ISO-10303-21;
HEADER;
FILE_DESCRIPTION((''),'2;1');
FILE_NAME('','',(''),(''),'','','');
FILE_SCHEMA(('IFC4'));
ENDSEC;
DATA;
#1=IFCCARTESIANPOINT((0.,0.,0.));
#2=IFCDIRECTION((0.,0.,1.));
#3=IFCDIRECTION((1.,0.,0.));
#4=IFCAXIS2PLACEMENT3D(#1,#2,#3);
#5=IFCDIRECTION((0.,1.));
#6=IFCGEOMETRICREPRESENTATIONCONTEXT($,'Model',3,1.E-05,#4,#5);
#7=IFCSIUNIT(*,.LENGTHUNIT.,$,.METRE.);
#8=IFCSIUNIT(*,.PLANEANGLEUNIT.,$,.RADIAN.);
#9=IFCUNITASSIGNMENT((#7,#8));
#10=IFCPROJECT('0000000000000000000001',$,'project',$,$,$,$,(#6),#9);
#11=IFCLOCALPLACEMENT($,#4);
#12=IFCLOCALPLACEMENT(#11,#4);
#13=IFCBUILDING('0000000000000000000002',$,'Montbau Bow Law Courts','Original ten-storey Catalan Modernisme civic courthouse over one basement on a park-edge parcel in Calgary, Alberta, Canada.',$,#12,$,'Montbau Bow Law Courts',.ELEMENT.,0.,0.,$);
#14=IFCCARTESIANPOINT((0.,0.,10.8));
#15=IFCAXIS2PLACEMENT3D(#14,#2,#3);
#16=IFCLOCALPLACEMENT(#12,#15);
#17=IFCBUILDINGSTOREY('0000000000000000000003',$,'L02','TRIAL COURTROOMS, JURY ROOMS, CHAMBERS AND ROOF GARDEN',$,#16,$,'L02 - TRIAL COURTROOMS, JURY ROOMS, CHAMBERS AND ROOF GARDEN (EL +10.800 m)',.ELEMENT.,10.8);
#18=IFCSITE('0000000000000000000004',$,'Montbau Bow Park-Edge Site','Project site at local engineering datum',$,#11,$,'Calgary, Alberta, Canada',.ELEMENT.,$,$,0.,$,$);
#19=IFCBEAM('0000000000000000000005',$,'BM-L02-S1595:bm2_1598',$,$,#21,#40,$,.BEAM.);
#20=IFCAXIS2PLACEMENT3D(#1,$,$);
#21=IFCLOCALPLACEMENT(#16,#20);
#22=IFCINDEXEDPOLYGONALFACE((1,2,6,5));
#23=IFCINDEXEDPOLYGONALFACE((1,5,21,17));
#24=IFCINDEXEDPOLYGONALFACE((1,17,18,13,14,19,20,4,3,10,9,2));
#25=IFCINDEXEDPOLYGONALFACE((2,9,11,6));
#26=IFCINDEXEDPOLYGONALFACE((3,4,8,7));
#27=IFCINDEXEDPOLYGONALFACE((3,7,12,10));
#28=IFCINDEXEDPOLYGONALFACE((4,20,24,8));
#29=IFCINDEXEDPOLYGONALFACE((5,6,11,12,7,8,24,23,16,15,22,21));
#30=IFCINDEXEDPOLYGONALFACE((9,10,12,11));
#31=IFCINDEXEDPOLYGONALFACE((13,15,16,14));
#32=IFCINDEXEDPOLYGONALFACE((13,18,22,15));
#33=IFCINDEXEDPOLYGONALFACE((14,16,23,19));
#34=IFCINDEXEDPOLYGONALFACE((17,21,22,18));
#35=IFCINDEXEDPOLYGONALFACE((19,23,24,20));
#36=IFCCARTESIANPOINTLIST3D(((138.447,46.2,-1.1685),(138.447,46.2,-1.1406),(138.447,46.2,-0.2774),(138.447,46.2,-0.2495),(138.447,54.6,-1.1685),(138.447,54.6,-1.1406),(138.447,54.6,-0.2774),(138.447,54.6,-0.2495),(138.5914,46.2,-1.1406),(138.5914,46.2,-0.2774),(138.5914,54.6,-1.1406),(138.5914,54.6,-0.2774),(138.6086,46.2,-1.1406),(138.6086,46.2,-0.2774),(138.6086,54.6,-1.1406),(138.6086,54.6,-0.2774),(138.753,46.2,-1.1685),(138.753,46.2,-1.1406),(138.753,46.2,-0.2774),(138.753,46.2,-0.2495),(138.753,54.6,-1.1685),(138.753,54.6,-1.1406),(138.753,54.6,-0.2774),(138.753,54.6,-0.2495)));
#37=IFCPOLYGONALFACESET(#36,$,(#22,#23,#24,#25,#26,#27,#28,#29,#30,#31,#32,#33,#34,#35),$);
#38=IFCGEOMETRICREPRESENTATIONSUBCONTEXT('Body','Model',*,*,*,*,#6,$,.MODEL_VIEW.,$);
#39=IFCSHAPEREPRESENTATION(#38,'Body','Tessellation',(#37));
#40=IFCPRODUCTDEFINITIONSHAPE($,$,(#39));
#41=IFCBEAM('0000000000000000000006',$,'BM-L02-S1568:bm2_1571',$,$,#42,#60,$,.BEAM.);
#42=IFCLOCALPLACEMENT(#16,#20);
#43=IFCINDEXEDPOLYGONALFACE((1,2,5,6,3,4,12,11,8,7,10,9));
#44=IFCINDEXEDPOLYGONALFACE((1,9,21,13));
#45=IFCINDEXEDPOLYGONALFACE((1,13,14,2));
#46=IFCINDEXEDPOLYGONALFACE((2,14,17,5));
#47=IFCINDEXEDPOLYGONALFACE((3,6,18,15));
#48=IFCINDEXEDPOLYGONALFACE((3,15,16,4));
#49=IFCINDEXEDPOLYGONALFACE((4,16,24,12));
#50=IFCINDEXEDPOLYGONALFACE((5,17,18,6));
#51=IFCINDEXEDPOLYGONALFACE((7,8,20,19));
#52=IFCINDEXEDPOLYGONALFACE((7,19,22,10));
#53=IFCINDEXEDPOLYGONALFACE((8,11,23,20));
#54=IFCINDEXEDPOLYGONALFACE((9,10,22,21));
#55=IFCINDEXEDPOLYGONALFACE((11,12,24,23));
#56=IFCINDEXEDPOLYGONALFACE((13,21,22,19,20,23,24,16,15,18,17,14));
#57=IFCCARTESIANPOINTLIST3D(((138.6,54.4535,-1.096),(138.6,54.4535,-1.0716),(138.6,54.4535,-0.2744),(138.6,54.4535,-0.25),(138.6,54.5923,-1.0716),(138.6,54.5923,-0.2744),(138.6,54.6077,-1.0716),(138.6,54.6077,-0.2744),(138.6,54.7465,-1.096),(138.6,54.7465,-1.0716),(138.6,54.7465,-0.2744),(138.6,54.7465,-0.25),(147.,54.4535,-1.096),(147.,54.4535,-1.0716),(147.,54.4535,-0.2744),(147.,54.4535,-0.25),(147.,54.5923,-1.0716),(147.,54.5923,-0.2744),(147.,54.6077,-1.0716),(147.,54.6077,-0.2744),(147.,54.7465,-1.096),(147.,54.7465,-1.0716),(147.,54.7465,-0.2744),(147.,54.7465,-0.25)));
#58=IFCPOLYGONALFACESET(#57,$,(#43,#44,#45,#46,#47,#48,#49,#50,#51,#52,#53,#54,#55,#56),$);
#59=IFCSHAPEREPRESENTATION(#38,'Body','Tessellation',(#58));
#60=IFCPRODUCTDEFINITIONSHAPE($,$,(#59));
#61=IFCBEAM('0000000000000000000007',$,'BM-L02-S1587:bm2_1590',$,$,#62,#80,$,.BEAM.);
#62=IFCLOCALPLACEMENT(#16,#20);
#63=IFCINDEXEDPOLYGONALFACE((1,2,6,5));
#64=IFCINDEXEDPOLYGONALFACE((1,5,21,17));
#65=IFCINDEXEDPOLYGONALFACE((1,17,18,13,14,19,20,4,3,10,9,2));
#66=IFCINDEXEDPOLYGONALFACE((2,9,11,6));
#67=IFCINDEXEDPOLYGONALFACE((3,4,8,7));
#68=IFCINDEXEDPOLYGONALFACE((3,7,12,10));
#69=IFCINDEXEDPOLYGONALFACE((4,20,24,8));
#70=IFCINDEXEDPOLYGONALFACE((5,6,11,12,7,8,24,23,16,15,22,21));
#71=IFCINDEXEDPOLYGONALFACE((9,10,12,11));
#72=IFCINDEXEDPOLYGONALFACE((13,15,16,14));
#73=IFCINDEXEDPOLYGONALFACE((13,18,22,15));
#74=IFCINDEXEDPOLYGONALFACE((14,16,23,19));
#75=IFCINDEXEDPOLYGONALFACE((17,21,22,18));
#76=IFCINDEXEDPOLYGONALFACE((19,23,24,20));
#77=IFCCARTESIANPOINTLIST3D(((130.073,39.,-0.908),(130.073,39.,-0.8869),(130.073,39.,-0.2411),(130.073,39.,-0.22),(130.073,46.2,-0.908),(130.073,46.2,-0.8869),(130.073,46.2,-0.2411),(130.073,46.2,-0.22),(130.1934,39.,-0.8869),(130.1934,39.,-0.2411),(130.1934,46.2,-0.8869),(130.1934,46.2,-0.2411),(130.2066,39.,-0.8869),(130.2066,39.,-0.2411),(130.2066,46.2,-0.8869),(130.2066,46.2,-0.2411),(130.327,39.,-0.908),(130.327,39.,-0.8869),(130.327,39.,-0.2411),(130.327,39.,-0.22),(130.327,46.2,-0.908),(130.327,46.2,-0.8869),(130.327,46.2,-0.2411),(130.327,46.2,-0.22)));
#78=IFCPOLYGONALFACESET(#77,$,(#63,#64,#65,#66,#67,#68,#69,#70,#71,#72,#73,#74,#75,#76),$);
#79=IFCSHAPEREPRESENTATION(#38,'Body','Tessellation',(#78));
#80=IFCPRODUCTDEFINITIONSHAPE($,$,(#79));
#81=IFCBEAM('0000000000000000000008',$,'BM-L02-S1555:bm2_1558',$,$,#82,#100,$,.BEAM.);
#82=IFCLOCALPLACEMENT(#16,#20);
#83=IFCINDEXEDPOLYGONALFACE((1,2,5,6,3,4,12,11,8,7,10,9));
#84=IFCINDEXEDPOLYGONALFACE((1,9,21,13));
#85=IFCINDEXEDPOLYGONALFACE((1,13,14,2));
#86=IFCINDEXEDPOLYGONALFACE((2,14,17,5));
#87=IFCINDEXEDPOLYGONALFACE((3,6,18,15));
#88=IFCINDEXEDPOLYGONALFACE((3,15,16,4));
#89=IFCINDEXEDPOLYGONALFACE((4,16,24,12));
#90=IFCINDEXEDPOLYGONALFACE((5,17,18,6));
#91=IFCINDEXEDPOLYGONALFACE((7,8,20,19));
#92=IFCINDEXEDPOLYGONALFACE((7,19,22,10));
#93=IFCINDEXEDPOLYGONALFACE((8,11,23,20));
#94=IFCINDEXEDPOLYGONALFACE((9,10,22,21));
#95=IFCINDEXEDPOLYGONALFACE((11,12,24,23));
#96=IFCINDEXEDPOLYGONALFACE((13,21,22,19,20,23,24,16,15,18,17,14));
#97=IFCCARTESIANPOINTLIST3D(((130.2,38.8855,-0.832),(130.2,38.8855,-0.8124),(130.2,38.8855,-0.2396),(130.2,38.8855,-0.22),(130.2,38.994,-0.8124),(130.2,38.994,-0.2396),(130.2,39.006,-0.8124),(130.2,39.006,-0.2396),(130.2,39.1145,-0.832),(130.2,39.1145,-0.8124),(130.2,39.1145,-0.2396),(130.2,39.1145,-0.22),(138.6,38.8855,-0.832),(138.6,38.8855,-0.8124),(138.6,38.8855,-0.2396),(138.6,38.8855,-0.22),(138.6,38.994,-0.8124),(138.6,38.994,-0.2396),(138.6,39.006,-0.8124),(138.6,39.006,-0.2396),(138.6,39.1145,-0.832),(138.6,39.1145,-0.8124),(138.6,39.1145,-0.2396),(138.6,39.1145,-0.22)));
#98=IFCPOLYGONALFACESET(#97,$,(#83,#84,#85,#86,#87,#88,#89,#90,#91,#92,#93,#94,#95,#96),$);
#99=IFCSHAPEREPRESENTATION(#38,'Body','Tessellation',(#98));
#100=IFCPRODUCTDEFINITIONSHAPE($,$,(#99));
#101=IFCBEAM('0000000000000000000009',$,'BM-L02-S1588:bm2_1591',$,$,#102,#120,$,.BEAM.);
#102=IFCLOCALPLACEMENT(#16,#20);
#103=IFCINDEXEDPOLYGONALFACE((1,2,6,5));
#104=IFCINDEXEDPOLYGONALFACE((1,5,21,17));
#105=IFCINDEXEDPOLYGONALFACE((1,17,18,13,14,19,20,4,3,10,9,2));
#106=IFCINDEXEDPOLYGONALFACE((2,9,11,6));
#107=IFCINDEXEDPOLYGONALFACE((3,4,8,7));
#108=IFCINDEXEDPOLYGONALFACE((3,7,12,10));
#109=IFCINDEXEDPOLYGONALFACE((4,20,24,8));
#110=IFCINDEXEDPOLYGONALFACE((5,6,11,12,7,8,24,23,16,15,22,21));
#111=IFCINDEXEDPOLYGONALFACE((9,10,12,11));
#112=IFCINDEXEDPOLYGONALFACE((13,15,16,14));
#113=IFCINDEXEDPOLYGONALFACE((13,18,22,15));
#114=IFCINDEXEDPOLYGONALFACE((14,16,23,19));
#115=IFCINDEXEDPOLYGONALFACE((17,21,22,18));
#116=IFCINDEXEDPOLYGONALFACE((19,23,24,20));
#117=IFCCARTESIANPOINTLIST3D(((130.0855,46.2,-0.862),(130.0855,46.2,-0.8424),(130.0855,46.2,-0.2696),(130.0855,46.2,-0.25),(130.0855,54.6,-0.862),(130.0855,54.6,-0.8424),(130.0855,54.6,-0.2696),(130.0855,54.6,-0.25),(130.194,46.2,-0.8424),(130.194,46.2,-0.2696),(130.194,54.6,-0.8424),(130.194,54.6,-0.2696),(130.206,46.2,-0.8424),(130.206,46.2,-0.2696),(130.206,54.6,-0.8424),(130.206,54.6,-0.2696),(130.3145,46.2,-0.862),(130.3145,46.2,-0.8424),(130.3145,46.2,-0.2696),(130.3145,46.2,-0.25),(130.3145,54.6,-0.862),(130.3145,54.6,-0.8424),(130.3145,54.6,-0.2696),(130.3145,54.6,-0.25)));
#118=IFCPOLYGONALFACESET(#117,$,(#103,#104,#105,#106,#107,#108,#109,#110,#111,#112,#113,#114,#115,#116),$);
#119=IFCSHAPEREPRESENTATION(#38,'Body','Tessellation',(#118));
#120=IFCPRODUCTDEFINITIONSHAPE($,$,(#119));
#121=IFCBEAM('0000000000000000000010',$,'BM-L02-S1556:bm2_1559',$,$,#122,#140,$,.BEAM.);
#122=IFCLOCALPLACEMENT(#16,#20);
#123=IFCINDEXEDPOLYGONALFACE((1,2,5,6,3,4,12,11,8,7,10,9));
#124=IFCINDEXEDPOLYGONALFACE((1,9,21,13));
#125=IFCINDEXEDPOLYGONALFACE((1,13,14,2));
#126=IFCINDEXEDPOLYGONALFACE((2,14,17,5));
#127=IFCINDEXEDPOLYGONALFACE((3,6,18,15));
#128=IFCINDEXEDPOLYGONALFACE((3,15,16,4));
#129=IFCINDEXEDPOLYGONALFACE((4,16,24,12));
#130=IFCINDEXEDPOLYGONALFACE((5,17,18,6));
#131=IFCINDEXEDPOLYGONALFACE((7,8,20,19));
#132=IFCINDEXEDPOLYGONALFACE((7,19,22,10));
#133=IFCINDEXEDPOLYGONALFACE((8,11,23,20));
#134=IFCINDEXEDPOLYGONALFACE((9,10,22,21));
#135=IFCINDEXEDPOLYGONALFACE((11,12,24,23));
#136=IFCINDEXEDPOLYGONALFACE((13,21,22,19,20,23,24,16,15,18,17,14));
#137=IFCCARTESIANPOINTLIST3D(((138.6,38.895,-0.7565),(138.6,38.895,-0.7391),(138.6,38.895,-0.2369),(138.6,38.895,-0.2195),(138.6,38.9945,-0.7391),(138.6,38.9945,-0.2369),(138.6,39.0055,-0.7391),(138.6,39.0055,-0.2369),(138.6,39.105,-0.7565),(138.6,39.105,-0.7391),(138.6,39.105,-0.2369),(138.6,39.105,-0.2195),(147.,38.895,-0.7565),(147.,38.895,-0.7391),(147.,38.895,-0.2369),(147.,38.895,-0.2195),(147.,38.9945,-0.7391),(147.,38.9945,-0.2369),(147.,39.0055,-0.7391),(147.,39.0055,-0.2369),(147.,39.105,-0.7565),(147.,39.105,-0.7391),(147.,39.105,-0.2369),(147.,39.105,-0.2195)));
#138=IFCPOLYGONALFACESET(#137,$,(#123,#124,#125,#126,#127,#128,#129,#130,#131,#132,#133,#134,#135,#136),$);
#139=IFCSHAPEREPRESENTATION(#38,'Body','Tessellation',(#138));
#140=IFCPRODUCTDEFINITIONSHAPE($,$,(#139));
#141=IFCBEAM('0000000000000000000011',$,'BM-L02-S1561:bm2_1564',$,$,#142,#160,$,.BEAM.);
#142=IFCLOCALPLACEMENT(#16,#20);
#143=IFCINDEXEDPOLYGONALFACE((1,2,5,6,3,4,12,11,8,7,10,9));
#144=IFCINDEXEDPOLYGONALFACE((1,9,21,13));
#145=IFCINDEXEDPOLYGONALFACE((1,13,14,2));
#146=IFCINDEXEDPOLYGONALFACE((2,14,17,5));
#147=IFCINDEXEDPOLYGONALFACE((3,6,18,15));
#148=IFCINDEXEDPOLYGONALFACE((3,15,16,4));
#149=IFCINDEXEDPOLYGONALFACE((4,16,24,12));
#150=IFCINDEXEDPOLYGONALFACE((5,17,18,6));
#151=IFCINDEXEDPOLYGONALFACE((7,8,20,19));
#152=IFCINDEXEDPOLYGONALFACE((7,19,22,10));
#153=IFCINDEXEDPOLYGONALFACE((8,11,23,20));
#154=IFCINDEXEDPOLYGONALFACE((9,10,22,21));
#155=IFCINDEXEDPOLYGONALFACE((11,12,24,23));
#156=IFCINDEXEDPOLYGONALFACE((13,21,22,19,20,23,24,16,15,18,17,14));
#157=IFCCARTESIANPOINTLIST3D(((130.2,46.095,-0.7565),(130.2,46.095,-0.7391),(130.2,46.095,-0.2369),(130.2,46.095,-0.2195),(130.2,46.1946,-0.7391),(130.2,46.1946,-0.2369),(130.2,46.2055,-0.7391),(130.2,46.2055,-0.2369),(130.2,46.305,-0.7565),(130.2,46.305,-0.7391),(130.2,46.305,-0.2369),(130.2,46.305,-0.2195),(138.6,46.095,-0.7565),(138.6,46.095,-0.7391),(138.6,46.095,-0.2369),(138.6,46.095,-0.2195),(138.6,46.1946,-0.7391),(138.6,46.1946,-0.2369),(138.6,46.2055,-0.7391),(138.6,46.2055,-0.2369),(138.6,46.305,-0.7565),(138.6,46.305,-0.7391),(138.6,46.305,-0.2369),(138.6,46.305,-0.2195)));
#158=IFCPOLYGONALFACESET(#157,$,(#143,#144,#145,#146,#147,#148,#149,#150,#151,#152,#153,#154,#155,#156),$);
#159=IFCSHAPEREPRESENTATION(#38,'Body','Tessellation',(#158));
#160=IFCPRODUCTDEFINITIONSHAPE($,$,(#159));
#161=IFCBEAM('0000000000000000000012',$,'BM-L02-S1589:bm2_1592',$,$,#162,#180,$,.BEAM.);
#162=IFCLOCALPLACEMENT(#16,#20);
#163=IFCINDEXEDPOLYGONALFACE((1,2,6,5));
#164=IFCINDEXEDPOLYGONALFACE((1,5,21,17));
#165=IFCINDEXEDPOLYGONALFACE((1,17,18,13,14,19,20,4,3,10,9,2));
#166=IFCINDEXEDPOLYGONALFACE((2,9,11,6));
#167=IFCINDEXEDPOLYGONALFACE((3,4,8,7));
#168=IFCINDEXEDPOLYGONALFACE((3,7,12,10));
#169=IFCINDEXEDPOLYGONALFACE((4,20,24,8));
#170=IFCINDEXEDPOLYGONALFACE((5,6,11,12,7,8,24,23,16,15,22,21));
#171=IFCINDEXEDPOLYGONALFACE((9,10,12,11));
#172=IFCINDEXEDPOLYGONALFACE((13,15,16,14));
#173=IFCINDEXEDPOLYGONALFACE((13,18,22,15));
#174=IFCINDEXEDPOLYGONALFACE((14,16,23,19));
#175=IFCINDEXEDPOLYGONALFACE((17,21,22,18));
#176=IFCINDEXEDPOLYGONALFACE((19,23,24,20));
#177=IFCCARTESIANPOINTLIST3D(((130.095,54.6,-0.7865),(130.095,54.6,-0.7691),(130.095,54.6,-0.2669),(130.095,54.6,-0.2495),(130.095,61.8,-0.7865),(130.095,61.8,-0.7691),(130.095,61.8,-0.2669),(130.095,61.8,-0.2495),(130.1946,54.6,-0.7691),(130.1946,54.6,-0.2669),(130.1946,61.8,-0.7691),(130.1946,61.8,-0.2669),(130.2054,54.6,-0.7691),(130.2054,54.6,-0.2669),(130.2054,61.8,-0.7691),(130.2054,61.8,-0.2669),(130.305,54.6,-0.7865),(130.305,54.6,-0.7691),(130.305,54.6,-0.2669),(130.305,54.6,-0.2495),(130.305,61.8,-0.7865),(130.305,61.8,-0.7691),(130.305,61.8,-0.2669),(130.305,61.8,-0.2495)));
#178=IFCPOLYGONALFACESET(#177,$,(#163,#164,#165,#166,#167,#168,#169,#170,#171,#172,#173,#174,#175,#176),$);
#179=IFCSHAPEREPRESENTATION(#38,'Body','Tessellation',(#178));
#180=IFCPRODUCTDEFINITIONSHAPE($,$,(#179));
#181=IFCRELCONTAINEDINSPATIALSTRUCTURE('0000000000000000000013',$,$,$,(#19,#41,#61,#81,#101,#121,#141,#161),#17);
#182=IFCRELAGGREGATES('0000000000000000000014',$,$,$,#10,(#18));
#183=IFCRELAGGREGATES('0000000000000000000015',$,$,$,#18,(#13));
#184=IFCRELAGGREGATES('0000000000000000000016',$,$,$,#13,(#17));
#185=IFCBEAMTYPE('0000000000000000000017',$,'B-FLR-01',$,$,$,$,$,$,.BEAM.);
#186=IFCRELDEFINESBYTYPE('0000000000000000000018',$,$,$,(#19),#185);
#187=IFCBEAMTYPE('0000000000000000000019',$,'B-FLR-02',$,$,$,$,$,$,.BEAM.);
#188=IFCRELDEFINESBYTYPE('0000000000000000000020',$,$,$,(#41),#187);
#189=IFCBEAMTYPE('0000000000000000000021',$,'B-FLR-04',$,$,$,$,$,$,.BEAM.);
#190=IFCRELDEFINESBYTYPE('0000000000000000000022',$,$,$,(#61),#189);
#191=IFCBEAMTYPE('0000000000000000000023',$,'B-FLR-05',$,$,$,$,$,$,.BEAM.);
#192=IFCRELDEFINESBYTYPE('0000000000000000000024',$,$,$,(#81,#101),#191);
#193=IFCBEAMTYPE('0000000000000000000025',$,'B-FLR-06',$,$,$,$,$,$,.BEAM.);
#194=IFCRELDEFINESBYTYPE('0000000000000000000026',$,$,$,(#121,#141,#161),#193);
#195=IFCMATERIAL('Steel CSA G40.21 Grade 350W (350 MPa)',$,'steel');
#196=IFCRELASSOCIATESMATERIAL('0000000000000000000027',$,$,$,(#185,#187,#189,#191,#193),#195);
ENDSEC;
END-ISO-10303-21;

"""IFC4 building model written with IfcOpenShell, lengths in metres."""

from ifc_helpers import new_model, si_unit, direction, frame, origin_with_axes, origin_2d_with_axis, place, context, subcontext, project, spatial, i_section, extrude, material, material_profile, profile_set, type_object, element, save


model = new_model("IFC4")

# Units and contexts
model_context = context("Model", 3, precision=1e-05, world=origin_with_axes(), true_north=direction((0.0, 1.0)))
body_context = subcontext(model_context, "Body", "Model", "MODEL_VIEW")
ifc_project = project(units=[si_unit("LENGTHUNIT", "METRE"), si_unit("PLANEANGLEUNIT", "RADIAN")], contexts=[model_context])

# Site, building, storey
site_placement = place(None, origin_with_axes())
site = spatial("IfcSite", under=ifc_project, at=site_placement, Name="Montbau Bow Park-Edge Site", Description="Project site at local engineering datum", LongName="Calgary, Alberta, Canada", CompositionType="ELEMENT", RefElevation=0.0)
building_placement = place(site_placement, origin_with_axes())
building = spatial("IfcBuilding", under=site, at=building_placement, Name="Montbau Bow Law Courts", Description="Original ten-storey Catalan Modernisme civic courthouse over one basement on a park-edge parcel in Calgary, Alberta, Canada.", LongName="Montbau Bow Law Courts", CompositionType="ELEMENT", ElevationOfRefHeight=0.0, ElevationOfTerrain=0.0)
storey_placement = place(building_placement, frame((0.0, 0.0, 10.8), z_axis=(0.0, 0.0, 1.0), x_axis=(1.0, 0.0, 0.0)))
storey = spatial("IfcBuildingStorey", under=building, at=storey_placement, Name="L02", Description="TRIAL COURTROOMS, JURY ROOMS, CHAMBERS AND ROOF GARDEN", LongName="L02 - TRIAL COURTROOMS, JURY ROOMS, CHAMBERS AND ROOF GARDEN (EL +10.800 m)", CompositionType="ELEMENT", Elevation=10.8)

# Shared definitions
ifc_material_1 = material(Name="Steel CSA G40.21 Grade 350W (350 MPa)", Category="steel")

# Beams
ifc_material_profile_1 = material_profile(ifc_material_1, i_section(OverallWidth=0.306, OverallDepth=0.919, WebThickness=0.0173, FlangeThickness=0.0279, at=origin_2d_with_axis()), Name="W920X253", Category="Main", Priority=0)
ifc_profile_set_1 = profile_set([ifc_material_profile_1], Name="Steel CSA G40.21 Grade 350W (350 MPa)")
beam_type_1 = type_object("IfcBeamType", Name="B-FLR-01", PredefinedType="BEAM", material=ifc_profile_set_1)
for number, where, z_axis, x_axis, name in (
    (1, (138.6, 46.2, 10.091), (0.0, 1.0, 0.0), (-1.0, 0.0, 0.0), "BM-L02-S1595:bm2_1598"),
):
    element("IfcBeam", number, at=place(None, frame(where, z_axis=z_axis, x_axis=x_axis)), inside=storey, type_object=beam_type_1, Name=name, PredefinedType="BEAM", context=body_context, shape_type="SweptSolid", body=[
        extrude(i_section(OverallWidth=0.306, OverallDepth=0.919, WebThickness=0.0173, FlangeThickness=0.0279, at=origin_2d_with_axis()), origin_with_axes(), (0.0, 0.0, 1.0), 8.4),
    ])
ifc_material_profile_2 = material_profile(ifc_material_1, i_section(OverallWidth=0.293, OverallDepth=0.846, WebThickness=0.0154, FlangeThickness=0.0244, at=origin_2d_with_axis()), Name="W840X210", Category="Main", Priority=0)
ifc_profile_set_2 = profile_set([ifc_material_profile_2], Name="Steel CSA G40.21 Grade 350W (350 MPa)")
beam_type_2 = type_object("IfcBeamType", Name="B-FLR-02", PredefinedType="BEAM", material=ifc_profile_set_2)
beam_1_placement = place(None, frame((138.6, 54.6, 10.127), z_axis=(1.0, 0.0, 0.0), x_axis=(0.0, 1.0, 0.0)))
element("IfcBeam", 2, at=beam_1_placement, inside=storey, type_object=beam_type_2, Name="BM-L02-S1568:bm2_1571", PredefinedType="BEAM", context=body_context, shape_type="SweptSolid", body=[
    extrude(i_section(OverallWidth=0.293, OverallDepth=0.846, WebThickness=0.0154, FlangeThickness=0.0244, at=origin_2d_with_axis()), origin_with_axes(), (0.0, 0.0, 1.0), 8.4),
])
ifc_material_profile_3 = material_profile(ifc_material_1, i_section(OverallWidth=0.254, OverallDepth=0.688, WebThickness=0.0131, FlangeThickness=0.0211, at=origin_2d_with_axis()), Name="W690X152", Category="Main", Priority=0)
ifc_profile_set_3 = profile_set([ifc_material_profile_3], Name="Steel CSA G40.21 Grade 350W (350 MPa)")
beam_type_3 = type_object("IfcBeamType", Name="B-FLR-04", PredefinedType="BEAM", material=ifc_profile_set_3)
beam_2_placement = place(None, frame((130.2, 39.0, 10.236), z_axis=(0.0, 1.0, 0.0), x_axis=(-1.0, 0.0, 0.0)))
element("IfcBeam", 3, at=beam_2_placement, inside=storey, type_object=beam_type_3, Name="BM-L02-S1587:bm2_1590", PredefinedType="BEAM", context=body_context, shape_type="SweptSolid", body=[
    extrude(i_section(OverallWidth=0.254, OverallDepth=0.688, WebThickness=0.0131, FlangeThickness=0.0211, at=origin_2d_with_axis()), origin_with_axes(), (0.0, 0.0, 1.0), 7.2),
])
ifc_material_profile_4 = material_profile(ifc_material_1, i_section(OverallWidth=0.229, OverallDepth=0.612, WebThickness=0.0119, FlangeThickness=0.0196, at=origin_2d_with_axis()), Name="W610X125", Category="Main", Priority=0)
ifc_profile_set_4 = profile_set([ifc_material_profile_4], Name="Steel CSA G40.21 Grade 350W (350 MPa)")
beam_type_4 = type_object("IfcBeamType", Name="B-FLR-05", PredefinedType="BEAM", material=ifc_profile_set_4)
for number, where, z_axis, x_axis, name in (
    (4, (130.2, 39.0, 10.274), (1.0, 0.0, 0.0), (0.0, 1.0, 0.0), "BM-L02-S1555:bm2_1558"),
    (5, (130.2, 46.2, 10.244), (0.0, 1.0, 0.0), (-1.0, 0.0, 0.0), "BM-L02-S1588:bm2_1591"),
):
    element("IfcBeam", number, at=place(None, frame(where, z_axis=z_axis, x_axis=x_axis)), inside=storey, type_object=beam_type_4, Name=name, PredefinedType="BEAM", context=body_context, shape_type="SweptSolid", body=[
        extrude(i_section(OverallWidth=0.229, OverallDepth=0.612, WebThickness=0.0119, FlangeThickness=0.0196, at=origin_2d_with_axis()), origin_with_axes(), (0.0, 0.0, 1.0), 8.4),
    ])
ifc_material_profile_5 = material_profile(ifc_material_1, i_section(OverallWidth=0.21, OverallDepth=0.537, WebThickness=0.0109, FlangeThickness=0.0174, at=origin_2d_with_axis()), Name="W530X101", Category="Main", Priority=0)
ifc_profile_set_5 = profile_set([ifc_material_profile_5], Name="Steel CSA G40.21 Grade 350W (350 MPa)")
beam_type_5 = type_object("IfcBeamType", Name="B-FLR-06", PredefinedType="BEAM", material=ifc_profile_set_5)
for number, where, z_axis, x_axis, name in (
    (6, (138.6, 39.0, 10.312), (1.0, 0.0, 0.0), (0.0, 1.0, 0.0), "BM-L02-S1556:bm2_1559"),
    (7, (130.2, 46.2, 10.312), (1.0, 0.0, 0.0), (0.0, 1.0, 0.0), "BM-L02-S1561:bm2_1564"),
):
    element("IfcBeam", number, at=place(None, frame(where, z_axis=z_axis, x_axis=x_axis)), inside=storey, type_object=beam_type_5, Name=name, PredefinedType="BEAM", context=body_context, shape_type="SweptSolid", body=[
        extrude(i_section(OverallWidth=0.21, OverallDepth=0.537, WebThickness=0.0109, FlangeThickness=0.0174, at=origin_2d_with_axis()), origin_with_axes(), (0.0, 0.0, 1.0), 8.4),
    ])
for number, where, z_axis, x_axis, name in (
    (8, (130.2, 54.6, 10.282), (0.0, 1.0, 0.0), (-1.0, 0.0, 0.0), "BM-L02-S1589:bm2_1592"),
):
    element("IfcBeam", number, at=place(None, frame(where, z_axis=z_axis, x_axis=x_axis)), inside=storey, type_object=beam_type_5, Name=name, PredefinedType="BEAM", context=body_context, shape_type="SweptSolid", body=[
        extrude(i_section(OverallWidth=0.21, OverallDepth=0.537, WebThickness=0.0109, FlangeThickness=0.0174, at=origin_2d_with_axis()), origin_with_axes(), (0.0, 0.0, 1.0), 7.2),
    ])

save(model, "model.ifc")
